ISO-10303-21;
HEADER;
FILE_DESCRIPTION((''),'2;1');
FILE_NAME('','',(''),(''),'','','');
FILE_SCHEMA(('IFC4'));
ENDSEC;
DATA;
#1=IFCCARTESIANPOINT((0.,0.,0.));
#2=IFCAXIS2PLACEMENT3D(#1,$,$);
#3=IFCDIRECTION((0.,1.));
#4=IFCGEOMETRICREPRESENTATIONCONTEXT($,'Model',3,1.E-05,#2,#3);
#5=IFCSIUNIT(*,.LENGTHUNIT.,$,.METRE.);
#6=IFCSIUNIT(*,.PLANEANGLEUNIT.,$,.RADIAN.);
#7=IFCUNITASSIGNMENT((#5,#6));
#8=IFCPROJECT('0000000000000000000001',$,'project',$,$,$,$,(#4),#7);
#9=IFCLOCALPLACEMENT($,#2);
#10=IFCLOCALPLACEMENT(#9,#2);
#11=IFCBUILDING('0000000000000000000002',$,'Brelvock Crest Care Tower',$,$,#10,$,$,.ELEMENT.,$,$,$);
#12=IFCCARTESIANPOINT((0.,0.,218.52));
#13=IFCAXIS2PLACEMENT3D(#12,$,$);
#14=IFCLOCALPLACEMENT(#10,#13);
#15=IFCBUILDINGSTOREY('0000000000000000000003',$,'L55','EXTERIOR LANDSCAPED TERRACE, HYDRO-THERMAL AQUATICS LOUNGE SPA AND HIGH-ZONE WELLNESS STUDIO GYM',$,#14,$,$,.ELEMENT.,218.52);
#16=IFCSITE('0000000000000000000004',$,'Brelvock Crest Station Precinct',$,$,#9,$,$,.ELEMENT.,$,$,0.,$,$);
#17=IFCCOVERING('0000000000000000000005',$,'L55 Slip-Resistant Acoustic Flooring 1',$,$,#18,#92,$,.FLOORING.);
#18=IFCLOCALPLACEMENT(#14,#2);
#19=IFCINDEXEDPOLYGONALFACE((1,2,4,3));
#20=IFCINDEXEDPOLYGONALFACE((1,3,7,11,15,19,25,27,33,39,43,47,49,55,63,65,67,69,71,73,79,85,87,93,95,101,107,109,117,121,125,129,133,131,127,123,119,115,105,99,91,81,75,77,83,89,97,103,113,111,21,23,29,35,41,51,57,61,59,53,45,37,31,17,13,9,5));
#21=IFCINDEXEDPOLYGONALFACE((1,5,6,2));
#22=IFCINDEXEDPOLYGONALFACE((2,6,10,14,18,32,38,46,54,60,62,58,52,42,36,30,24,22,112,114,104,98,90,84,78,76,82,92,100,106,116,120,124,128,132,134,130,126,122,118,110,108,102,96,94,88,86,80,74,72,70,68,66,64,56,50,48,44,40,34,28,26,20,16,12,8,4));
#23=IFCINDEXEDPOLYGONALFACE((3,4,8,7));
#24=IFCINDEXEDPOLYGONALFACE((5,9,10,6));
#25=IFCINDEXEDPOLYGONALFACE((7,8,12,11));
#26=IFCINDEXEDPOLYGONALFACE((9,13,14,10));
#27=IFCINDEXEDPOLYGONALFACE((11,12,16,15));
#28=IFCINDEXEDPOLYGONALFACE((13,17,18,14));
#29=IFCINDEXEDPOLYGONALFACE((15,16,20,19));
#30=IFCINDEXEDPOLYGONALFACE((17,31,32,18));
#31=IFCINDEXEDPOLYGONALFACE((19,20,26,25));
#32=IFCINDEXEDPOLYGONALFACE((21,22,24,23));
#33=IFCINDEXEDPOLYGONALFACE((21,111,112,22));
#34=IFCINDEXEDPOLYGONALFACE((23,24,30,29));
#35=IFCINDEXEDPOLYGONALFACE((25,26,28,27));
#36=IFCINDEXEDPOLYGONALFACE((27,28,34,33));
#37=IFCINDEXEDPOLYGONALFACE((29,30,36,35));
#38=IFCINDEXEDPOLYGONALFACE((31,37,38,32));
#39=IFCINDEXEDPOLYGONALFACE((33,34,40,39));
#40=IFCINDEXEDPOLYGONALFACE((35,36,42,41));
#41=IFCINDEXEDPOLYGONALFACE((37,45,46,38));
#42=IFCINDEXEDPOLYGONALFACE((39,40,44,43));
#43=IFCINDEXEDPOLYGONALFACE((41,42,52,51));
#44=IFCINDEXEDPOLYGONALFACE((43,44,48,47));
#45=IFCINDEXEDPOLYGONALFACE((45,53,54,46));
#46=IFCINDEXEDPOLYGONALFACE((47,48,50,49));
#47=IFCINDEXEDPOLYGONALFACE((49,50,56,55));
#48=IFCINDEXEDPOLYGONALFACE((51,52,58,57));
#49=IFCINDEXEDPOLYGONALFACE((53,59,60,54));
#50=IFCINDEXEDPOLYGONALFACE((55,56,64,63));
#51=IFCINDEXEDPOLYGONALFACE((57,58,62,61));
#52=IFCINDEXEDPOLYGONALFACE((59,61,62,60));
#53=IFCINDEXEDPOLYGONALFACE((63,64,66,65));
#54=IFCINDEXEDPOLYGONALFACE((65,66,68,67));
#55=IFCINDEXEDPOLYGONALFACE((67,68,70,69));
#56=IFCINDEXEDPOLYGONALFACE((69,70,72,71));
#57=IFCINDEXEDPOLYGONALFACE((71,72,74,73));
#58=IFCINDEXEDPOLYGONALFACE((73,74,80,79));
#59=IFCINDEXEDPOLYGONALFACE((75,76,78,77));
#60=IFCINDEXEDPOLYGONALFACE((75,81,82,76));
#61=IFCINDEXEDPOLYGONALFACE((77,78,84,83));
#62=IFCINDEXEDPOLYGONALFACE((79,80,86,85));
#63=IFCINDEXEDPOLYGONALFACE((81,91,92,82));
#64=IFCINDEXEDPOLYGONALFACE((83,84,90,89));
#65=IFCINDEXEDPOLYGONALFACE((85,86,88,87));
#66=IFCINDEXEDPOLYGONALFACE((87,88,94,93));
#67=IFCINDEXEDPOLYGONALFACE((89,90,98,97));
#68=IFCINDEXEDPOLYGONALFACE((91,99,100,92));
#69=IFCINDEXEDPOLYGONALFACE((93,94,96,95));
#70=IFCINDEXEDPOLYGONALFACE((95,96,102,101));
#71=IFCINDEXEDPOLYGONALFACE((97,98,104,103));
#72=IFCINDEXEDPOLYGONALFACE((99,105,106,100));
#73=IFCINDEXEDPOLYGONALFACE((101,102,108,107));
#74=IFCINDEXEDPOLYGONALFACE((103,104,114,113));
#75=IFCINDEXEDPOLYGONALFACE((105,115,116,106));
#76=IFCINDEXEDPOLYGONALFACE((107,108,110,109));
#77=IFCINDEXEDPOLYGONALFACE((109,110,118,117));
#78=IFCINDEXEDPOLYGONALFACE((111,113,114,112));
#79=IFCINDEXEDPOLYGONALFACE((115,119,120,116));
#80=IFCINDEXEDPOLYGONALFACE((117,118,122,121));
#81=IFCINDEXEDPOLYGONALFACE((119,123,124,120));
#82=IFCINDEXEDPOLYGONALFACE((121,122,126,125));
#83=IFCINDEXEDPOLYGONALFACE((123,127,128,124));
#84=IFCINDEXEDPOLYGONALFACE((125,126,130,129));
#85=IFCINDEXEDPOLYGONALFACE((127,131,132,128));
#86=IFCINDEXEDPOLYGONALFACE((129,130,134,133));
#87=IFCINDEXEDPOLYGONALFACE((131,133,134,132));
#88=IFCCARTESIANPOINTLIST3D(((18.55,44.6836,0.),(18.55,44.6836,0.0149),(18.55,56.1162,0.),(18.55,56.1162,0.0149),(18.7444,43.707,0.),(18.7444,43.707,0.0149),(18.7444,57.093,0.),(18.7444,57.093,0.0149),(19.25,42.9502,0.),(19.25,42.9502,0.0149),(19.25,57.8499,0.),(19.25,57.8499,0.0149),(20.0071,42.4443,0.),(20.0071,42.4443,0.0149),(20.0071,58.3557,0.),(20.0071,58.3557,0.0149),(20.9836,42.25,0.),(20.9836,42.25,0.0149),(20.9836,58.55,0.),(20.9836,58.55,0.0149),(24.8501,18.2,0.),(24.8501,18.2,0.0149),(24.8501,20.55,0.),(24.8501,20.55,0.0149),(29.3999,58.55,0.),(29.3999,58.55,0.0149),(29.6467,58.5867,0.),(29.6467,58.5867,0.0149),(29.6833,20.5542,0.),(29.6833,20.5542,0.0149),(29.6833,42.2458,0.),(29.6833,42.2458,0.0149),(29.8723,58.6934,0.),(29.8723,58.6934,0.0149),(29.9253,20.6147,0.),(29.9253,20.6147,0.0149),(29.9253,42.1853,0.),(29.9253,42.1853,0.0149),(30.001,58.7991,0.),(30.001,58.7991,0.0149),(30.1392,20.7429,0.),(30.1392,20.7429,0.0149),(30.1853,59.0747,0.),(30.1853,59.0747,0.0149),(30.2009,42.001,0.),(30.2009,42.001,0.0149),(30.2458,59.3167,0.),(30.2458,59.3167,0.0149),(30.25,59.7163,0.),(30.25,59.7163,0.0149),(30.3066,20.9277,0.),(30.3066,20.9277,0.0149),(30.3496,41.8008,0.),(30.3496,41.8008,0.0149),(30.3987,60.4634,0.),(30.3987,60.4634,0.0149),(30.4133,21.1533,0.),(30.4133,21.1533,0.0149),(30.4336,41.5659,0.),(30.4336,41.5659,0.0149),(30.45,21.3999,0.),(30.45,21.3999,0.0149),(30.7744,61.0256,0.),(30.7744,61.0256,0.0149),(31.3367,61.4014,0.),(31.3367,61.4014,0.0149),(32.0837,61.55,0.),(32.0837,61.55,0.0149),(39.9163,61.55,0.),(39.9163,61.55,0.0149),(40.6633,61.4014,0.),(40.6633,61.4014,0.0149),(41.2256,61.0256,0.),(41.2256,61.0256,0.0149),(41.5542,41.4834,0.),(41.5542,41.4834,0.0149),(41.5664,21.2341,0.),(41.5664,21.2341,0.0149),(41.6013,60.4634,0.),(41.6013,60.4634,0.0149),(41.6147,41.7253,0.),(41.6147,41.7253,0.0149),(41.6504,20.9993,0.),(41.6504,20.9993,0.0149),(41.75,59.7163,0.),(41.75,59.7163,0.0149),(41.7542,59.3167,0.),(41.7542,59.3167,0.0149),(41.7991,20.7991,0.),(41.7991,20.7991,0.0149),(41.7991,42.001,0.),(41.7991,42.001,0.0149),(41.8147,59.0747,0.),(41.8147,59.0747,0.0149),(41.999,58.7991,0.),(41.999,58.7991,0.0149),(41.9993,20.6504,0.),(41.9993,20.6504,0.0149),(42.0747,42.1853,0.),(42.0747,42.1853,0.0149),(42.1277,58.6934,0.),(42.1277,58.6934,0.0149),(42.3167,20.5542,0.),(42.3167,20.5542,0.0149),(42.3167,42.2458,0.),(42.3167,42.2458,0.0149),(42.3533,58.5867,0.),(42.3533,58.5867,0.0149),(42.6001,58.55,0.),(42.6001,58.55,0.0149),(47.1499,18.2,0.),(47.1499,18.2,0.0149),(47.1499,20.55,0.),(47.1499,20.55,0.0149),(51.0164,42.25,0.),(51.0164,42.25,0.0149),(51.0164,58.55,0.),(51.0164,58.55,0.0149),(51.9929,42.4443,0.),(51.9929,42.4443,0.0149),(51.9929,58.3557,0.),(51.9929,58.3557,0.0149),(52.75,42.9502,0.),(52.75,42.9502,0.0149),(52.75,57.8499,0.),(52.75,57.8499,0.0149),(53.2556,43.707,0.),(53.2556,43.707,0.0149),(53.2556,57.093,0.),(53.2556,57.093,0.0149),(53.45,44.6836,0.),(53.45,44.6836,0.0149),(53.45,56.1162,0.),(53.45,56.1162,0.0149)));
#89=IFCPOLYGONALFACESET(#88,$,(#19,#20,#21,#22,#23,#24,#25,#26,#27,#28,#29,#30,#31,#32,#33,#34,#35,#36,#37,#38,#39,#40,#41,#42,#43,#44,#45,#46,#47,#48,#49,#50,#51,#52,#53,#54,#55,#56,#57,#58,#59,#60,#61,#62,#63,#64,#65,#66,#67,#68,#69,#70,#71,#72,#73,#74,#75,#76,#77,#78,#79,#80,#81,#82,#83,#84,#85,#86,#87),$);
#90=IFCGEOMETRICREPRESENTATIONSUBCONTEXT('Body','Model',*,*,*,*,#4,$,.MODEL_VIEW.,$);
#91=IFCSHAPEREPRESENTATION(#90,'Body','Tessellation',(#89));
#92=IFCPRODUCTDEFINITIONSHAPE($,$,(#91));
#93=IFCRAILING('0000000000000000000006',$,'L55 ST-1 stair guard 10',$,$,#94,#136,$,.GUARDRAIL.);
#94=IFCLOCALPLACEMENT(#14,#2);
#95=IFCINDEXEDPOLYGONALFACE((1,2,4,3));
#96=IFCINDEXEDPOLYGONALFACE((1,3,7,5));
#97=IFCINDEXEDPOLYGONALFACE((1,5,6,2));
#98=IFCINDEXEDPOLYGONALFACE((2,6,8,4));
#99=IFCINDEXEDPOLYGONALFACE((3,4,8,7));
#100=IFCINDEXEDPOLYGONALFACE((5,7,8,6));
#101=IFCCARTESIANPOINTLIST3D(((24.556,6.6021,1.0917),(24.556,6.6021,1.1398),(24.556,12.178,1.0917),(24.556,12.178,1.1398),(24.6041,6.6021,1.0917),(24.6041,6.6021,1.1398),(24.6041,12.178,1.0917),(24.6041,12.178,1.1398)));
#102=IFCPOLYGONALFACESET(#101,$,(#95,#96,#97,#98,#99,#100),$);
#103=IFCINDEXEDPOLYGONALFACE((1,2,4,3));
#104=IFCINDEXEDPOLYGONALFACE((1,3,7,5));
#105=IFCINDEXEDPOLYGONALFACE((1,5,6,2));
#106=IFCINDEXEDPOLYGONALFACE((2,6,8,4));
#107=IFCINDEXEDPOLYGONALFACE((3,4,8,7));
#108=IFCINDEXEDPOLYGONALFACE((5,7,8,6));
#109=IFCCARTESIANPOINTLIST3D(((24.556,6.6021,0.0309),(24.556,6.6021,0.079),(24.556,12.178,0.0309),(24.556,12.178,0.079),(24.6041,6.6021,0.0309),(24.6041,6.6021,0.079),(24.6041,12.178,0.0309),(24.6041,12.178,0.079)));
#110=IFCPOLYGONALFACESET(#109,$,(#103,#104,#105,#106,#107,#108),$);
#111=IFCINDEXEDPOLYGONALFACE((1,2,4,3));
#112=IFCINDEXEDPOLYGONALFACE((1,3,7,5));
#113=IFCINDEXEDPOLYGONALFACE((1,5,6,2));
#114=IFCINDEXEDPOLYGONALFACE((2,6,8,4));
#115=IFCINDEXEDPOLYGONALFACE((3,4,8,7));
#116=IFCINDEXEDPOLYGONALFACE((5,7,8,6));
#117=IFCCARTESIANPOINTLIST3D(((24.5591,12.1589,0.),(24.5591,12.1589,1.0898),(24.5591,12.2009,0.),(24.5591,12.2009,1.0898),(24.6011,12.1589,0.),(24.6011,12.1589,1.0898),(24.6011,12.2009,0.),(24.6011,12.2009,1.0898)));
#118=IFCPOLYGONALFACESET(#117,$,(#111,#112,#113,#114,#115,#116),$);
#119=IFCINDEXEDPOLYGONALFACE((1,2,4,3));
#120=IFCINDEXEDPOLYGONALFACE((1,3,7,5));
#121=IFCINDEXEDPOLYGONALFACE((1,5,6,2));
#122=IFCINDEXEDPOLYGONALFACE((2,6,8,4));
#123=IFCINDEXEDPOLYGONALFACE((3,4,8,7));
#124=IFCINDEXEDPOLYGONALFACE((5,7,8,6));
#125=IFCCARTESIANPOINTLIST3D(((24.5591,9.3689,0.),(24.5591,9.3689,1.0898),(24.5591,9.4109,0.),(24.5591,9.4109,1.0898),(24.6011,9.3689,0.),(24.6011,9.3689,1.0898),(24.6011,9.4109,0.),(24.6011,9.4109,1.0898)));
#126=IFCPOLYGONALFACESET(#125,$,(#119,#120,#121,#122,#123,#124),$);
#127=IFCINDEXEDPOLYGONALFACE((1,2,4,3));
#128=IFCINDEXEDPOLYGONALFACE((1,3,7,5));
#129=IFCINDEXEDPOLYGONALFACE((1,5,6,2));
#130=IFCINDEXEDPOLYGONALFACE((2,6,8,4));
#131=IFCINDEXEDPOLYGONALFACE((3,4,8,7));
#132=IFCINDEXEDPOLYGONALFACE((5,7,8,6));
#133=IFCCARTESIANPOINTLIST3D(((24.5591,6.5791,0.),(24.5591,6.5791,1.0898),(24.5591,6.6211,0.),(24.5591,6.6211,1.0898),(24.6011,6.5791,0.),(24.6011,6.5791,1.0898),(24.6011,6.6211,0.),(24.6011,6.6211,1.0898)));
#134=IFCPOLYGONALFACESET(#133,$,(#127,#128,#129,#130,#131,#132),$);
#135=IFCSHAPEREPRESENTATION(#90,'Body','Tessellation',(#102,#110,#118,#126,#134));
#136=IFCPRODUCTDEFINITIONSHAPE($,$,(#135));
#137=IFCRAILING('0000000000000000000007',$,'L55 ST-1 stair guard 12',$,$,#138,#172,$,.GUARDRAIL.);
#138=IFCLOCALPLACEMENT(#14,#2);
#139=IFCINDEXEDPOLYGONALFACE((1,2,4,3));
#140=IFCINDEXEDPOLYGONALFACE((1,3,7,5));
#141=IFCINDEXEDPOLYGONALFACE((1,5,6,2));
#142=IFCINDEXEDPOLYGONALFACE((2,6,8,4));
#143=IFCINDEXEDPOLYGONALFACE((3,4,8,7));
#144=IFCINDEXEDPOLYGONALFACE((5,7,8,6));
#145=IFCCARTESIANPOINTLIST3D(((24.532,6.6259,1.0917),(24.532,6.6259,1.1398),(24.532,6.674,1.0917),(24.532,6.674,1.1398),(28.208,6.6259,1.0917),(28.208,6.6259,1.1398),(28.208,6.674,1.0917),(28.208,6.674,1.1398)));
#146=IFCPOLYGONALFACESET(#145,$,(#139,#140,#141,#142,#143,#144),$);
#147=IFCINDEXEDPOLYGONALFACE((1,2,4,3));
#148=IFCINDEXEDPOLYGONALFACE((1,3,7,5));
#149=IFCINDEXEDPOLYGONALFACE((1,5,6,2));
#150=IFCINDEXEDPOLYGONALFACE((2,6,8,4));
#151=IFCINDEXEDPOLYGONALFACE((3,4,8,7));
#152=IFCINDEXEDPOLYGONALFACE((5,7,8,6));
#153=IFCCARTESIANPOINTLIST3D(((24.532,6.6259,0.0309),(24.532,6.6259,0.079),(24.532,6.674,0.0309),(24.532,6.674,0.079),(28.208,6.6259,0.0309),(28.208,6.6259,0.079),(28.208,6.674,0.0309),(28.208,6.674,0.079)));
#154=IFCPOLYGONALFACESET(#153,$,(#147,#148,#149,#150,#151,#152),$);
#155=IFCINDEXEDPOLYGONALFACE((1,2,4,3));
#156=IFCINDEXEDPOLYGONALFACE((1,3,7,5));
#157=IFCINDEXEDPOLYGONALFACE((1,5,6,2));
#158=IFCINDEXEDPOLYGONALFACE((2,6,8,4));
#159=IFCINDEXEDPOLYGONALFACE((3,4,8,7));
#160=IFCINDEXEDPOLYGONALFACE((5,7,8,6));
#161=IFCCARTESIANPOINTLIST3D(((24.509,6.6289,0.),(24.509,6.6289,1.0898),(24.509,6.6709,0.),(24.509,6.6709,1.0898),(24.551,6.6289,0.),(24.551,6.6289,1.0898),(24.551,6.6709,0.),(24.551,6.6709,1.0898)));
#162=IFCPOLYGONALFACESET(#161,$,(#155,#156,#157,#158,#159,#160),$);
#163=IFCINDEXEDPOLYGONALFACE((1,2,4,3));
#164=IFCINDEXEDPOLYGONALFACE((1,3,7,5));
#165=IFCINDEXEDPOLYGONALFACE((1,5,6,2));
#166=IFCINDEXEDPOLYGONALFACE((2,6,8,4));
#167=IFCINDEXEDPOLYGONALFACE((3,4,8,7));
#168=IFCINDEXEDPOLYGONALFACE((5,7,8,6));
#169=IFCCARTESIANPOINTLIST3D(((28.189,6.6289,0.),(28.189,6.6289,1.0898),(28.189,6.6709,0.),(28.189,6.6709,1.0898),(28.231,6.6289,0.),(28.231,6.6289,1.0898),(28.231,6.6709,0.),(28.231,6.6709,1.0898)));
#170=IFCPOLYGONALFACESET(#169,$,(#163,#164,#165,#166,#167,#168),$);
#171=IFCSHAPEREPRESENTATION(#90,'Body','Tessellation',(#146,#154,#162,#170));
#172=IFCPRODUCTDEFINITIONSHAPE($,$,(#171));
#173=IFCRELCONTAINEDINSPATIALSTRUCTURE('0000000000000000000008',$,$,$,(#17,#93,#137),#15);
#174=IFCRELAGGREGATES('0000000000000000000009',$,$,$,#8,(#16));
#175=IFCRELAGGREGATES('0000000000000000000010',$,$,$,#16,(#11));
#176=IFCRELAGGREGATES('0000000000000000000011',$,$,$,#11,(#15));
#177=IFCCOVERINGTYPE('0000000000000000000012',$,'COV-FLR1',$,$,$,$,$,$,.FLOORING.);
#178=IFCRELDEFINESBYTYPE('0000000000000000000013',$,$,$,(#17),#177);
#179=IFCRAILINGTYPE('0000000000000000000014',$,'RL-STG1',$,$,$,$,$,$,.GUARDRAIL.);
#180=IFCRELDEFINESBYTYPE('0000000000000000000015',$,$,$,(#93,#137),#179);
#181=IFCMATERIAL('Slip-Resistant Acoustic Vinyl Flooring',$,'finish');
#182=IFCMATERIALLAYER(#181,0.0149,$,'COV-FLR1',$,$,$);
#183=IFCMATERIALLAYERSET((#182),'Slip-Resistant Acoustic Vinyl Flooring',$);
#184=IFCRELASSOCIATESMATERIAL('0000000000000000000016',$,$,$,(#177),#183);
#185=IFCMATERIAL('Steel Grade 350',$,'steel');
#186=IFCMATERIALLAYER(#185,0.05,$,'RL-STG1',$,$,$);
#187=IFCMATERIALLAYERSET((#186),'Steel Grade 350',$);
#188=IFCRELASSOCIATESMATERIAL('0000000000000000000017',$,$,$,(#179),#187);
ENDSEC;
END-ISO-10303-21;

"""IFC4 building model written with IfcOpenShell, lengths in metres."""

from ifc_helpers import new_model, si_unit, direction, frame, origin, origin_2d, place, context, subcontext, project, spatial, polyline, rectangle, outline, extrude, material, layer, layer_set, type_object, element, save


model = new_model("IFC4")

# Units and contexts
model_context = context("Model", 3, precision=1e-05, world=origin(), true_north=direction((0.0, 1.0)))
body_context = subcontext(model_context, "Body", "Model", "MODEL_VIEW")
ifc_project = project(units=[si_unit("LENGTHUNIT", "METRE"), si_unit("PLANEANGLEUNIT", "RADIAN")], contexts=[model_context])

# Site, building, storey
site_placement = place(None, origin())
site = spatial("IfcSite", under=ifc_project, at=site_placement, Name="Brelvock Crest Station Precinct", CompositionType="ELEMENT", RefElevation=0.0)
building_placement = place(site_placement, origin())
building = spatial("IfcBuilding", under=site, at=building_placement, Name="Brelvock Crest Care Tower", CompositionType="ELEMENT")
storey_placement = place(building_placement, frame((0.0, 0.0, 218.52)))
storey = spatial("IfcBuildingStorey", under=building, at=storey_placement, Name="L55", Description="EXTERIOR LANDSCAPED TERRACE, HYDRO-THERMAL AQUATICS LOUNGE SPA AND HIGH-ZONE WELLNESS STUDIO GYM", CompositionType="ELEMENT", Elevation=218.52)

# Shared definitions
ifc_material_1 = material(Name="Steel Grade 350", Category="steel")

# Covering
ifc_material_2 = material(Name="Slip-Resistant Acoustic Vinyl Flooring", Category="finish")
ifc_layer_1 = layer(ifc_material_2, 0.0149, Name="COV-FLR1")
ifc_layer_set_1 = layer_set([ifc_layer_1], Name="Slip-Resistant Acoustic Vinyl Flooring")
covering_type_1 = type_object("IfcCoveringType", Name="COV-FLR1", PredefinedType="FLOORING", material=ifc_layer_set_1)
covering_1_placement = place(storey_placement, origin())
element("IfcCovering", 1, at=covering_1_placement, inside=storey, type_object=covering_type_1, Name="L55 Slip-Resistant Acoustic Flooring 1", PredefinedType="FLOORING", context=body_context, shape_type="SweptSolid", body=[
    extrude(outline(polyline([(24.8501, 18.2), (47.1499, 18.2), (47.1499, 20.55), (42.3167, 20.5542), (41.9993, 20.6504), (41.7991, 20.7991), (41.6504, 20.9993), (41.5664, 21.2341), (41.5542, 41.4834), (41.6147, 41.7253), (41.7991, 42.001), (42.0747, 42.1853), (42.3167, 42.2458), (51.0164, 42.25), (51.9929, 42.4443), (52.75, 42.9502), (53.2556, 43.707), (53.45, 44.6836), (53.45, 56.1162), (53.2556, 57.093), (52.75, 57.8499), (51.9929, 58.3557), (51.0164, 58.55), (42.6001, 58.55), (42.3533, 58.5867), (42.1277, 58.6934), (41.999, 58.7991), (41.8147, 59.0747), (41.7542, 59.3167), (41.75, 59.7163), (41.6013, 60.4634), (41.2256, 61.0256), (40.6633, 61.4014), (39.9163, 61.55), (32.0837, 61.55), (31.3367, 61.4014), (30.7744, 61.0256), (30.3987, 60.4634), (30.25, 59.7163), (30.2458, 59.3167), (30.1853, 59.0747), (30.001, 58.7991), (29.8723, 58.6934), (29.6467, 58.5867), (29.3999, 58.55), (20.9836, 58.55), (20.0071, 58.3557), (19.25, 57.8499), (18.7444, 57.093), (18.55, 56.1162), (18.55, 44.6836), (18.7444, 43.707), (19.25, 42.9502), (20.0071, 42.4443), (20.9836, 42.25), (29.6833, 42.2458), (29.9253, 42.1853), (30.2009, 42.001), (30.3496, 41.8008), (30.4336, 41.5659), (30.45, 21.3999), (30.4133, 21.1533), (30.3066, 20.9277), (30.1392, 20.7429), (29.9253, 20.6147), (29.6833, 20.5542), (24.8501, 20.55), (24.8501, 18.2)])), origin(), (0.0, 0.0, 1.0), 0.0149),
])

# Railings
ifc_layer_2 = layer(ifc_material_1, 0.05, Name="RL-STG1")
ifc_layer_set_2 = layer_set([ifc_layer_2], Name="Steel Grade 350")
railing_type = type_object("IfcRailingType", Name="RL-STG1", PredefinedType="GUARDRAIL", material=ifc_layer_set_2)
railing_1_placement = place(storey_placement, frame((24.5801, 12.1799, 0.0)))
element("IfcRailing", 2, at=railing_1_placement, inside=storey, type_object=railing_type, Name="L55 ST-1 stair guard 10", PredefinedType="GUARDRAIL", context=body_context, shape_type="SweptSolid", body=[
    extrude(rectangle(XDim=0.0481, YDim=0.0481, at=origin_2d()), frame((0.0, -0.002, 1.1157), z_axis=(0.0, -1.0, 0.0), x_axis=(1.0, 0.0, 0.0)), (0.0, 0.0, 1.0), 5.5759),
    extrude(rectangle(XDim=0.0481, YDim=0.0481, at=origin_2d()), frame((0.0, -0.002, 0.0549), z_axis=(0.0, -1.0, 0.0), x_axis=(1.0, 0.0, 0.0)), (0.0, 0.0, 1.0), 5.5759),
    extrude(rectangle(XDim=0.042, YDim=0.042, at=origin_2d()), origin(), (0.0, 0.0, 1.0), 1.0898),
    extrude(rectangle(XDim=0.042, YDim=0.042, at=origin_2d()), frame((0.0, -2.79, 0.0)), (0.0, 0.0, 1.0), 1.0898),
    extrude(rectangle(XDim=0.042, YDim=0.042, at=origin_2d()), frame((0.0, -5.5798, 0.0)), (0.0, 0.0, 1.0), 1.0898),
])
railing_2_placement = place(storey_placement, frame((24.53, 6.6499, 0.0)))
element("IfcRailing", 3, at=railing_2_placement, inside=storey, type_object=railing_type, Name="L55 ST-1 stair guard 12", PredefinedType="GUARDRAIL", context=body_context, shape_type="SweptSolid", body=[
    extrude(rectangle(XDim=0.0481, YDim=0.0481, at=origin_2d()), frame((0.002, 0.0, 1.1157), z_axis=(1.0, 0.0, 0.0), x_axis=(0.0, 1.0, 0.0)), (0.0, 0.0, 1.0), 3.676),
    extrude(rectangle(XDim=0.0481, YDim=0.0481, at=origin_2d()), frame((0.002, 0.0, 0.0549), z_axis=(1.0, 0.0, 0.0), x_axis=(0.0, 1.0, 0.0)), (0.0, 0.0, 1.0), 3.676),
    extrude(rectangle(XDim=0.042, YDim=0.042, at=origin_2d()), origin(), (0.0, 0.0, 1.0), 1.0898),
    extrude(rectangle(XDim=0.042, YDim=0.042, at=origin_2d()), frame((3.6799, 0.0, 0.0)), (0.0, 0.0, 1.0), 1.0898),
])

save(model, "model.ifc")
